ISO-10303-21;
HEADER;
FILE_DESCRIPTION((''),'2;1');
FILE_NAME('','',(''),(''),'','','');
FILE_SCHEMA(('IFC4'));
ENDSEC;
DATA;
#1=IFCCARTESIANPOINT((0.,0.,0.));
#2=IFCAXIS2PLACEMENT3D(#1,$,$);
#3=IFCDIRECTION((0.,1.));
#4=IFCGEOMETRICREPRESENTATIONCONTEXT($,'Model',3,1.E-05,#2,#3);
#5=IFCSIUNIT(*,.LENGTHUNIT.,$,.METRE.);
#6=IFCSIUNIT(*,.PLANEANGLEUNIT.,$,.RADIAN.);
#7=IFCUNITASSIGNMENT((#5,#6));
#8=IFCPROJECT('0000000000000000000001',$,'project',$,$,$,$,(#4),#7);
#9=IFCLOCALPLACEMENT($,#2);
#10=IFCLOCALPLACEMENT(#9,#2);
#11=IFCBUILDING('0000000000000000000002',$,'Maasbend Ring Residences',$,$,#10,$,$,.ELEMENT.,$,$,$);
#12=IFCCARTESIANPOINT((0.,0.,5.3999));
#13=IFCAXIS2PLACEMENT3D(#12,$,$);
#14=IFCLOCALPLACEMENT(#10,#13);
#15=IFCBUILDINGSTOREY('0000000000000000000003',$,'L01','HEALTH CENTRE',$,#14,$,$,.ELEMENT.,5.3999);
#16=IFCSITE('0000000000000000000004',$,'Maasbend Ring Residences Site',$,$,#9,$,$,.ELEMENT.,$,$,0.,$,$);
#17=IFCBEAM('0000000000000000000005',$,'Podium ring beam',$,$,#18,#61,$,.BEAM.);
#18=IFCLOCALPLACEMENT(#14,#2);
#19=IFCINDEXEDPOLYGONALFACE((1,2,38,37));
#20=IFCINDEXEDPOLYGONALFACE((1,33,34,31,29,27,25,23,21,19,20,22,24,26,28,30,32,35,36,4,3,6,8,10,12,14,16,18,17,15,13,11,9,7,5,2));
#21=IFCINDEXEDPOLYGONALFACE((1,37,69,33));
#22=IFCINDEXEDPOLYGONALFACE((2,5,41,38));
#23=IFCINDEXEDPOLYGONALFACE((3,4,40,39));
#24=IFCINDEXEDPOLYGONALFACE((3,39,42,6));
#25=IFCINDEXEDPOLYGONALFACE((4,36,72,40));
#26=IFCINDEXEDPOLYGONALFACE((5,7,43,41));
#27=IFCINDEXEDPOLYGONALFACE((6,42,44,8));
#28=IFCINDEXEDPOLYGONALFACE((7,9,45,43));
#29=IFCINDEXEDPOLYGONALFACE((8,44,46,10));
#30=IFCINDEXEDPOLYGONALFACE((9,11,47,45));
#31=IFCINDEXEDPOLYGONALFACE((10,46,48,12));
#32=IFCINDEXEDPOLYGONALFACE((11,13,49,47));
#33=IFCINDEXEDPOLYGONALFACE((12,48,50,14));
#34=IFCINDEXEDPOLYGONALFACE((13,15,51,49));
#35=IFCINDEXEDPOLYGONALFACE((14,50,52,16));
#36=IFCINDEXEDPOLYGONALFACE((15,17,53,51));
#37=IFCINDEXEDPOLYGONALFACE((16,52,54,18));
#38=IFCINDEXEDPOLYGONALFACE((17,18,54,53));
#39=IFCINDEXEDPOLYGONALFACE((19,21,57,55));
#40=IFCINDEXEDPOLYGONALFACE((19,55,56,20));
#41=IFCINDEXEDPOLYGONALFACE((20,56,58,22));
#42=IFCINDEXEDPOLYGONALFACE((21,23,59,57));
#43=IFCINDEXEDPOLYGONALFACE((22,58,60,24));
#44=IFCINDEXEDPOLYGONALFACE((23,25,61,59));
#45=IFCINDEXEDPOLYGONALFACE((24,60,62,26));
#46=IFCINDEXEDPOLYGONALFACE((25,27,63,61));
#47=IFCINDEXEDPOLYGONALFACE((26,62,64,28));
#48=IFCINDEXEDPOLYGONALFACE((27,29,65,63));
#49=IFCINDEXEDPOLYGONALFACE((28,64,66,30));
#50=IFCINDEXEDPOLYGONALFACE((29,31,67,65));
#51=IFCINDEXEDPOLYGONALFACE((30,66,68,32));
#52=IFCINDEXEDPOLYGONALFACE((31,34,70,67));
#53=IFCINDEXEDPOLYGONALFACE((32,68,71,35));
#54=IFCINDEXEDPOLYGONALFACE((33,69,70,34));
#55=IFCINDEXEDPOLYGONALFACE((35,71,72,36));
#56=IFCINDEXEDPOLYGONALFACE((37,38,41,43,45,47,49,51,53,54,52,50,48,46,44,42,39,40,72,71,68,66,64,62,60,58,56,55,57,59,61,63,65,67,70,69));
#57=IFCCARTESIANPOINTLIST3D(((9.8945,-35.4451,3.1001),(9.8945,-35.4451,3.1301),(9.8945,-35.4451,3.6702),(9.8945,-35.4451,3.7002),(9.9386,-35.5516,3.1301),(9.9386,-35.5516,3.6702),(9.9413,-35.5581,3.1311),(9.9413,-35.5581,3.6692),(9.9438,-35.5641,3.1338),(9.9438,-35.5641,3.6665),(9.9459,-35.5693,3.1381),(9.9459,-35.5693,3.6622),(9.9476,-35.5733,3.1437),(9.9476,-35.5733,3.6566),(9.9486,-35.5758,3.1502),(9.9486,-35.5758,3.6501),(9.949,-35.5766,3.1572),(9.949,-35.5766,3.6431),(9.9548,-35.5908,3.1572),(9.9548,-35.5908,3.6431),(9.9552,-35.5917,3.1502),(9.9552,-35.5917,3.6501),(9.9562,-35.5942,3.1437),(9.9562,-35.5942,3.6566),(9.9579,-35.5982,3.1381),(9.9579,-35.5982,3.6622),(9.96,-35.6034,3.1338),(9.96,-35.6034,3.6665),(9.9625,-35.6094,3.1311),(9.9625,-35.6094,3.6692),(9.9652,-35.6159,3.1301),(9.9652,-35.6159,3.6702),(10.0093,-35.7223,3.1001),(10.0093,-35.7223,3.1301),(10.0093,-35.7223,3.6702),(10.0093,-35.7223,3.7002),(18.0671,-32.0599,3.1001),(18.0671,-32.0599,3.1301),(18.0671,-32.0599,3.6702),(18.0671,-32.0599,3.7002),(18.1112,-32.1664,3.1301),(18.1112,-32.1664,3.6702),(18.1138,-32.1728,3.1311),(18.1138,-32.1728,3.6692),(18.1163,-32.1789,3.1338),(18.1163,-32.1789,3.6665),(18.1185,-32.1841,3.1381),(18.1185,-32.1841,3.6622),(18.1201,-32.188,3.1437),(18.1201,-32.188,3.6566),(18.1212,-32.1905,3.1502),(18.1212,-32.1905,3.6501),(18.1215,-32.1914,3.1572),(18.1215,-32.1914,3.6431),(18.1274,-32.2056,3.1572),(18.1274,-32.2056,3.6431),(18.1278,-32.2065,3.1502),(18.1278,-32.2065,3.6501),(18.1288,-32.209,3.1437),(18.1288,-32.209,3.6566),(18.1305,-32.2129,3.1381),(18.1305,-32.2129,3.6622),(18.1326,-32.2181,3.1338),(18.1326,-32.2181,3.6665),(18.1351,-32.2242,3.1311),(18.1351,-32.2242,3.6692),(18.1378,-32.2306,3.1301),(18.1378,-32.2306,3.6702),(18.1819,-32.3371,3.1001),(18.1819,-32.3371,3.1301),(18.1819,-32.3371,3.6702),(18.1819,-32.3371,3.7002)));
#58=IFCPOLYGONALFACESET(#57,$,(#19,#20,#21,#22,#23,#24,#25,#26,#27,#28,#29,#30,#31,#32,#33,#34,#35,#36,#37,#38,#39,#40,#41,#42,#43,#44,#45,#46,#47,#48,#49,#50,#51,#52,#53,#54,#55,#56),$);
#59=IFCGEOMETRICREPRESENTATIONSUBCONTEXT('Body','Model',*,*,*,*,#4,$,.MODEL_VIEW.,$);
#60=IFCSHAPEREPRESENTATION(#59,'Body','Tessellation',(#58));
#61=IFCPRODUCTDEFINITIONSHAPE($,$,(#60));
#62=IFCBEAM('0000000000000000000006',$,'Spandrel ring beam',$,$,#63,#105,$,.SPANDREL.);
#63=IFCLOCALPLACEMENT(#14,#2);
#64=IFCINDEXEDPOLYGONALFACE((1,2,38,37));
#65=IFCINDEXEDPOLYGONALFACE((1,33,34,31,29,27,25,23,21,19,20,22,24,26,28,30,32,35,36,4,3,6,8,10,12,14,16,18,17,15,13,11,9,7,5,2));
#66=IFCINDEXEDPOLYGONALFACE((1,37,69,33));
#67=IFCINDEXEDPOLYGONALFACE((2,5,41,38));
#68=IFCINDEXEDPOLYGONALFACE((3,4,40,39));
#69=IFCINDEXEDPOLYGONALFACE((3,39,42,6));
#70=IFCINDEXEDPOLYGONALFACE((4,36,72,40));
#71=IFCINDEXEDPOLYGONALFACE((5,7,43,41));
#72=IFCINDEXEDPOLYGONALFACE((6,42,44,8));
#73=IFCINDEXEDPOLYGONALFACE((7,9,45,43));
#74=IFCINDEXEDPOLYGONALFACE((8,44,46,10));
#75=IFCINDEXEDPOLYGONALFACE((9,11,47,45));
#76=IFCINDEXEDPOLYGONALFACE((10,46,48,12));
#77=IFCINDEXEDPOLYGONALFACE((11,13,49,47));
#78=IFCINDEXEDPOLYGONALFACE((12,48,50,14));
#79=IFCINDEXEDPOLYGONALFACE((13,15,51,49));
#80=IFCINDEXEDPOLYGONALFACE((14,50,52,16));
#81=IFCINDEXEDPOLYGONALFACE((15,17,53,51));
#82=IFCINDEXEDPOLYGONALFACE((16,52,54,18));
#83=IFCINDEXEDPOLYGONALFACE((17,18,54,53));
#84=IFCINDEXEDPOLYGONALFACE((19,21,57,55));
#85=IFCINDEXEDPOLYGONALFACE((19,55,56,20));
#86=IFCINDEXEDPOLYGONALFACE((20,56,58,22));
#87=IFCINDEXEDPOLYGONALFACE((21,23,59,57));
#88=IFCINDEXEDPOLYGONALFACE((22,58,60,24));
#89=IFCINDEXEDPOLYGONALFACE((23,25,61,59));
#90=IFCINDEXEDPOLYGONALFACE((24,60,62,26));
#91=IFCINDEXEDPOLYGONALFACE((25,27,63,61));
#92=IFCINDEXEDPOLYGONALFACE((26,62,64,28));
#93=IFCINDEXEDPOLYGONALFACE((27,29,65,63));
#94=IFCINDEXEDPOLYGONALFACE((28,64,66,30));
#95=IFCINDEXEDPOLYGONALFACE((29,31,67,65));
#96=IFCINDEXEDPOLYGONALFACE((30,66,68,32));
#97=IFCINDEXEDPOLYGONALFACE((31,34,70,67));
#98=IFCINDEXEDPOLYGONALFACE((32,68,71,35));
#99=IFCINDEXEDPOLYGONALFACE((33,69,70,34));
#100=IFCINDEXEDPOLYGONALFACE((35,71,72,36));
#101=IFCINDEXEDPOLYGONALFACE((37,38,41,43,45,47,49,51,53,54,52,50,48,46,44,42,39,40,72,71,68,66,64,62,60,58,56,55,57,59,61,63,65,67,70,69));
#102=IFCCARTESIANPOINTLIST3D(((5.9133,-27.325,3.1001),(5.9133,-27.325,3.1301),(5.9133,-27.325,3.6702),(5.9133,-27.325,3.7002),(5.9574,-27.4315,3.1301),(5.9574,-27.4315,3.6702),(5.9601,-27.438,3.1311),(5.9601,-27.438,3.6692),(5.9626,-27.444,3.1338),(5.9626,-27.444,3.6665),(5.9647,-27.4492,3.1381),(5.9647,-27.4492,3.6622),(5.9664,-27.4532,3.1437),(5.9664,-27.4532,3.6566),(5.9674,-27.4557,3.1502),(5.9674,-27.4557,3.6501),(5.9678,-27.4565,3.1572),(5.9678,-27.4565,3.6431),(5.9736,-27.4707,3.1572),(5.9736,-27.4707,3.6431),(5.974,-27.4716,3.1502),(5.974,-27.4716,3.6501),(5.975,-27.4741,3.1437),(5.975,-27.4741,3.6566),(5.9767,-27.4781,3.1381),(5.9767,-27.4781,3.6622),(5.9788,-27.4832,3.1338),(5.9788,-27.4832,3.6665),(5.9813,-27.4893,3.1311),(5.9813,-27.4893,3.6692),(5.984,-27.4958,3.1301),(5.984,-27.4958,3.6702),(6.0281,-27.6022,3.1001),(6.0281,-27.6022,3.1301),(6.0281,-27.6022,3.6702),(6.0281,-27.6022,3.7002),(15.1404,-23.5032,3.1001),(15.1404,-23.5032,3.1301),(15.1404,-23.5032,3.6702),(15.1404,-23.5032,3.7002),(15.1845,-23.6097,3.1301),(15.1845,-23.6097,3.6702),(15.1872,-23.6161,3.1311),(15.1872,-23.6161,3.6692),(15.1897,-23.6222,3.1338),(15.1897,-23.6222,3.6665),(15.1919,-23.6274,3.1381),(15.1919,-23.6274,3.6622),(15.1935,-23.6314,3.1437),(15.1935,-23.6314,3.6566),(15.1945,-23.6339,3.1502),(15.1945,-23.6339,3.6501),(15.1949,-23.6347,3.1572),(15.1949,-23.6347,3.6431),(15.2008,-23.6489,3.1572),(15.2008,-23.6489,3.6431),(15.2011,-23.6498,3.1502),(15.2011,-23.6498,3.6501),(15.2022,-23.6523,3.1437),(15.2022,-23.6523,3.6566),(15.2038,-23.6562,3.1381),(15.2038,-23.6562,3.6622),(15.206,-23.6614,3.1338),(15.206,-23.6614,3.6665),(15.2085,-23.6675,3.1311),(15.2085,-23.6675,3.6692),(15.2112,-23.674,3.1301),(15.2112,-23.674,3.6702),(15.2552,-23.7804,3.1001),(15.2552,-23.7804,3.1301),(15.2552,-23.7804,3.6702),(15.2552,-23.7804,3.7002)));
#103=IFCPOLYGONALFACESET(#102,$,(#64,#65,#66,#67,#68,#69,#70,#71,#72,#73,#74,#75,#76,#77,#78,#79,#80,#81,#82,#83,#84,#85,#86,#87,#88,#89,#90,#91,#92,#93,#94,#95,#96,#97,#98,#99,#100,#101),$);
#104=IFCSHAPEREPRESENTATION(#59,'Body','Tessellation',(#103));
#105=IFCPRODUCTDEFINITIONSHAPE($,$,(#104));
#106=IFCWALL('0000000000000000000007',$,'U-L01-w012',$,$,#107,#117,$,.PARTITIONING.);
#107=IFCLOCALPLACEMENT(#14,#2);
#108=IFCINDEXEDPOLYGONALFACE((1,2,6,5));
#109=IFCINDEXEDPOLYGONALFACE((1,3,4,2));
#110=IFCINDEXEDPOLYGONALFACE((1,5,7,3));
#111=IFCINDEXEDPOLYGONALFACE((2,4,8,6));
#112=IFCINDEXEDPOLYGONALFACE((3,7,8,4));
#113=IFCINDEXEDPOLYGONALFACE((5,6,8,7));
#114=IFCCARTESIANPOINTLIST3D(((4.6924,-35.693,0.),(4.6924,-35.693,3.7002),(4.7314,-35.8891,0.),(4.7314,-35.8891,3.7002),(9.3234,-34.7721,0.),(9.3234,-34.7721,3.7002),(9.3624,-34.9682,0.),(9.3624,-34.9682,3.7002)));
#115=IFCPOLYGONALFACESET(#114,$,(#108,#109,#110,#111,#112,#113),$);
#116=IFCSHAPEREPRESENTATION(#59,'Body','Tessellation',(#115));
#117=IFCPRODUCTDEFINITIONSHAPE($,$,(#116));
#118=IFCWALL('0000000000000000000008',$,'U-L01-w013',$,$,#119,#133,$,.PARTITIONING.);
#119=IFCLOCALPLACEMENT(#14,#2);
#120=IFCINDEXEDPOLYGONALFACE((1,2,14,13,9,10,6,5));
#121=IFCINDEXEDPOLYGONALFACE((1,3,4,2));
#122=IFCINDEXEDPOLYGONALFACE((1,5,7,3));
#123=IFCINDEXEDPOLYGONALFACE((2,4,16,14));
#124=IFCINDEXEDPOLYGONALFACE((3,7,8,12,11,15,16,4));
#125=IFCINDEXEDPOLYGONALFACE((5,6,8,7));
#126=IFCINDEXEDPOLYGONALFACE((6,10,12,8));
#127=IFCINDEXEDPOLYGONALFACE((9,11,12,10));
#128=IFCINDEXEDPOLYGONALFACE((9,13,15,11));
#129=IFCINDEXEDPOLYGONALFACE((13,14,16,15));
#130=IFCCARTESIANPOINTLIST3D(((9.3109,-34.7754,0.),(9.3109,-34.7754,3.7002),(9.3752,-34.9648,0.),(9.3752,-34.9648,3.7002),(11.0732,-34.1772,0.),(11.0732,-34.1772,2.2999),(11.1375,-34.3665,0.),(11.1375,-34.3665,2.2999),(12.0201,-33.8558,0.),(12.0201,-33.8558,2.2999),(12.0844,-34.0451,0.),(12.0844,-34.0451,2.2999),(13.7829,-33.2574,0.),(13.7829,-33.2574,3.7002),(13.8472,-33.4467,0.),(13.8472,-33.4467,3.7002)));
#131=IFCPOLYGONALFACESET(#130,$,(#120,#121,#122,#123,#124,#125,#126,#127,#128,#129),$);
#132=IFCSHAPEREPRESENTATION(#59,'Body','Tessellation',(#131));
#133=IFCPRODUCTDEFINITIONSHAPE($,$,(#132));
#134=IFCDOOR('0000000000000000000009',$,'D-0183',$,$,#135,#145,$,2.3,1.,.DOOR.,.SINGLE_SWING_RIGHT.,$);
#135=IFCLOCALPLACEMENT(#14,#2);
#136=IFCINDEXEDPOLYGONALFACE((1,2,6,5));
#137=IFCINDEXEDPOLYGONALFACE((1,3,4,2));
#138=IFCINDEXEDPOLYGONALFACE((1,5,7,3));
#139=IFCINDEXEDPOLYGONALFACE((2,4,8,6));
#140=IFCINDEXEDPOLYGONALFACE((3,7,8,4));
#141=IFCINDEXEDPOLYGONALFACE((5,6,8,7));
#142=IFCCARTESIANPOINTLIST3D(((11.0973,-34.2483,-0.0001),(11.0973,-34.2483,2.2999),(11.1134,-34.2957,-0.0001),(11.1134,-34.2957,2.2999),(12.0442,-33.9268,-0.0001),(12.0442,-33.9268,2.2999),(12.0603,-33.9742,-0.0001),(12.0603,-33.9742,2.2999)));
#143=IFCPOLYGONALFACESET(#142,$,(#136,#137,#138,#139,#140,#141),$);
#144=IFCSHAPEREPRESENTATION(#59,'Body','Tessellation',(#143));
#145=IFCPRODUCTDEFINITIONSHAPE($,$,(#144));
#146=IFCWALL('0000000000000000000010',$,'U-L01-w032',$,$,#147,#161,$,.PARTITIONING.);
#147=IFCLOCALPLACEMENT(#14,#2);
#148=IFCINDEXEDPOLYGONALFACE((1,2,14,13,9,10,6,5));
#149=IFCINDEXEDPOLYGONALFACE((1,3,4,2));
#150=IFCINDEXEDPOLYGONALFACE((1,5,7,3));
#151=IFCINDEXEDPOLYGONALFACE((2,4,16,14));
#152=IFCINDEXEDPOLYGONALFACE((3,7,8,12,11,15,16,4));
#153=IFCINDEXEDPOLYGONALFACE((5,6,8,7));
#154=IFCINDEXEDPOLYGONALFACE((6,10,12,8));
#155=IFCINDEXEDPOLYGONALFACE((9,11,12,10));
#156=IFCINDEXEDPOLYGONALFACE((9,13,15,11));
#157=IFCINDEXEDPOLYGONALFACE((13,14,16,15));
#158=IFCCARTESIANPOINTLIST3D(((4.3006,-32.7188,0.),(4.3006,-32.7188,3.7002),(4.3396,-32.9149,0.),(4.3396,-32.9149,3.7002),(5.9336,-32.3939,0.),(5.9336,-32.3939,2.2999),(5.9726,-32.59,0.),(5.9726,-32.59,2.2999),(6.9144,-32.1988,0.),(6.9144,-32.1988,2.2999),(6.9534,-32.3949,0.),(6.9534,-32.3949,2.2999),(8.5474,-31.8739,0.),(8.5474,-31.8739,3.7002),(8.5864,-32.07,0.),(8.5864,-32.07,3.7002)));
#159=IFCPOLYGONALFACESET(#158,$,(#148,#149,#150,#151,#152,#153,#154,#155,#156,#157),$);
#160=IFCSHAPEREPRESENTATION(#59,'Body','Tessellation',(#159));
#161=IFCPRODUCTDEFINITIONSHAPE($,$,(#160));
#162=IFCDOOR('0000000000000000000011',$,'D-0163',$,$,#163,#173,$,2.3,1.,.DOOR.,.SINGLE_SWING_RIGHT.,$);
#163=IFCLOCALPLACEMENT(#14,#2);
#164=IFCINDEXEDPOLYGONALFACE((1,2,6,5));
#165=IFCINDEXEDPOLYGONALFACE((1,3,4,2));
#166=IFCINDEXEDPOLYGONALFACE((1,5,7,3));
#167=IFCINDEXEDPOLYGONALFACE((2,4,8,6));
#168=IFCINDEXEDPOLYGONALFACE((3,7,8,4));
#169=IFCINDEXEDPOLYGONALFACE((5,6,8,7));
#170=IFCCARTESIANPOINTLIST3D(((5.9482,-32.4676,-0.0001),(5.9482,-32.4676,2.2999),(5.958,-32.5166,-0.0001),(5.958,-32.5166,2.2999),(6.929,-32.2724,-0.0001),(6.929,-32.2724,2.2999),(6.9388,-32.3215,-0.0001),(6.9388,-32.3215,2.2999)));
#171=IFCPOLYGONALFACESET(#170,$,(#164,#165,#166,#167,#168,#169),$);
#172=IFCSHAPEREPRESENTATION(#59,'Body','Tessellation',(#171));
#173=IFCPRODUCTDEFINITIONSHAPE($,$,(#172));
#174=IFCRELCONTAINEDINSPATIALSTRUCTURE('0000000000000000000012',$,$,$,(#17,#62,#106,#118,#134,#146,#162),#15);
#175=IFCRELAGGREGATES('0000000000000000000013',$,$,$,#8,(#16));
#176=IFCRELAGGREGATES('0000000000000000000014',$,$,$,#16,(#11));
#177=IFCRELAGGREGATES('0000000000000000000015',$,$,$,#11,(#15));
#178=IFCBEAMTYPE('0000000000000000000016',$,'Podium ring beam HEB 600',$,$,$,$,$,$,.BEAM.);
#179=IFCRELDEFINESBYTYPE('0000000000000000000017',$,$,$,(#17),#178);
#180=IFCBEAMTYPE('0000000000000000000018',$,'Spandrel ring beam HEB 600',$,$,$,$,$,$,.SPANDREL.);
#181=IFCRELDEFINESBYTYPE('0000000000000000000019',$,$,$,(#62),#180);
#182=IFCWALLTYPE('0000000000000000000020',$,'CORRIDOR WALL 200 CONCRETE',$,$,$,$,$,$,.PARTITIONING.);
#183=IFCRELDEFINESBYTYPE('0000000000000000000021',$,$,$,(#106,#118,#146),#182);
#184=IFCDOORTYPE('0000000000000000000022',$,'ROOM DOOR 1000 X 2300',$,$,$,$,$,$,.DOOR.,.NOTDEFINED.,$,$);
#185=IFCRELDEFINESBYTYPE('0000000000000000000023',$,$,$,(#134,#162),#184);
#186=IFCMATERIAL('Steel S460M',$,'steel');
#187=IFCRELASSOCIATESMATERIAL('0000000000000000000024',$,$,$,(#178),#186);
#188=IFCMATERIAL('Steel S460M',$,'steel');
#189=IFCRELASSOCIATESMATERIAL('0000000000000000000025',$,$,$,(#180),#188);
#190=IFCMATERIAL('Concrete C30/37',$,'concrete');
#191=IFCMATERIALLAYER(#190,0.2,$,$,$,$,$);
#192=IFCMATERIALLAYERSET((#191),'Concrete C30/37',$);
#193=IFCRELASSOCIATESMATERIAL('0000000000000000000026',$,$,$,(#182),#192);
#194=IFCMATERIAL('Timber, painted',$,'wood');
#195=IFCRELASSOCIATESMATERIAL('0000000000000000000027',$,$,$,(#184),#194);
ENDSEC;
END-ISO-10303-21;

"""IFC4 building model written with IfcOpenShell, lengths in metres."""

from ifc_helpers import new_model, si_unit, direction, frame, frame_2d, origin, origin_2d, place, context, subcontext, project, spatial, rectangle, i_section, extrude, material, layer, layer_set, material_profile, profile_set, type_object, element, fill, save


model = new_model("IFC4")

# Units and contexts
model_context = context("Model", 3, precision=1e-05, world=origin(), true_north=direction((0.0, 1.0)))
body_context = subcontext(model_context, "Body", "Model", "MODEL_VIEW")
ifc_project = project(units=[si_unit("LENGTHUNIT", "METRE"), si_unit("PLANEANGLEUNIT", "RADIAN")], contexts=[model_context])

# Site, building, storey
site_placement = place(None, origin())
site = spatial("IfcSite", under=ifc_project, at=site_placement, Name="Maasbend Ring Residences Site", CompositionType="ELEMENT", RefElevation=0.0)
building_placement = place(site_placement, origin())
building = spatial("IfcBuilding", under=site, at=building_placement, Name="Maasbend Ring Residences", CompositionType="ELEMENT")
storey_placement = place(building_placement, frame((0.0, 0.0, 5.3999)))
storey = spatial("IfcBuildingStorey", under=building, at=storey_placement, Name="L01", Description="HEALTH CENTRE", CompositionType="ELEMENT", Elevation=5.3999)

# Beams
ifc_material_1 = material(Name="Steel S460M", Category="steel")
ifc_material_profile_1 = material_profile(ifc_material_1, i_section(OverallWidth=0.3, OverallDepth=0.6001, WebThickness=0.0154, FlangeThickness=0.03, FilletRadius=0.0271, at=origin_2d()), Name="HEB 600")
ifc_profile_set_1 = profile_set([ifc_material_profile_1], Name="Steel S460M")
beam_type_1 = type_object("IfcBeamType", Name="Podium ring beam HEB 600", PredefinedType="BEAM", material=ifc_profile_set_1)
for number, where, z_axis, x_axis, name in (
    (1, (9.9519, -35.5837, 3.4001), (0.923878, 0.382688, 0.0), (-0.382688, 0.923878, 0.0), "Podium ring beam"),
):
    element("IfcBeam", number, at=place(storey_placement, frame(where, z_axis=z_axis, x_axis=x_axis)), inside=storey, type_object=beam_type_1, Name=name, PredefinedType="BEAM", context=body_context, shape_type="SweptSolid", body=[
        extrude(i_section(OverallWidth=0.3, OverallDepth=0.6001, WebThickness=0.0154, FlangeThickness=0.03, FilletRadius=0.0271, at=origin_2d()), origin(), (0.0, 0.0, 1.0), 8.8459),
    ])
ifc_material_2 = material(Name="Steel S460M", Category="steel")
ifc_material_profile_2 = material_profile(ifc_material_2, i_section(OverallWidth=0.3, OverallDepth=0.6001, WebThickness=0.0154, FlangeThickness=0.03, FilletRadius=0.0271, at=origin_2d()), Name="HEB 600")
ifc_profile_set_2 = profile_set([ifc_material_profile_2], Name="Steel S460M")
beam_type_2 = type_object("IfcBeamType", Name="Spandrel ring beam HEB 600", PredefinedType="SPANDREL", material=ifc_profile_set_2)
beam_1_placement = place(storey_placement, frame((5.9707, -27.4636, 3.4001), z_axis=(0.923886, 0.382667, 0.0), x_axis=(-0.382667, 0.923886, 0.0)))
element("IfcBeam", 2, at=beam_1_placement, inside=storey, type_object=beam_type_2, Name="Spandrel ring beam", PredefinedType="SPANDREL", context=body_context, shape_type="SweptSolid", body=[
    extrude(i_section(OverallWidth=0.3, OverallDepth=0.6001, WebThickness=0.0154, FlangeThickness=0.03, FilletRadius=0.0271, at=origin_2d()), origin(), (0.0, 0.0, 1.0), 9.9873),
])

# Wall
ifc_material_3 = material(Name="Concrete C30/37", Category="concrete")
ifc_layer_1 = layer(ifc_material_3, 0.2)
ifc_layer_set_1 = layer_set([ifc_layer_1], Name="Concrete C30/37")
wall_type_1 = type_object("IfcWallType", Name="CORRIDOR WALL 200 CONCRETE", PredefinedType="PARTITIONING", material=ifc_layer_set_1)
wall_1_placement = place(storey_placement, frame((4.7119, -35.791, 0.0), z_axis=(0.0, 0.0, 1.0), x_axis=(0.980797, 0.195032, 0.0)))
element("IfcWall", 3, at=wall_1_placement, inside=storey, type_object=wall_type_1, Name="U-L01-w012", PredefinedType="PARTITIONING", context=body_context, shape_type="SweptSolid", body=[
    extrude(rectangle(XDim=4.7217, YDim=0.2, at=frame_2d((2.3608, 0.0))), origin(), (0.0, 0.0, 1.0), 3.7002),
])

# Walls, openings, doors
wall_2_placement = place(storey_placement, frame((9.343, -34.8701, 0.0), z_axis=(0.0, 0.0, 1.0), x_axis=(0.946927, 0.321449, 0.0)))
wall_2 = element("IfcWall", 4, at=wall_2_placement, inside=storey, type_object=wall_type_1, Name="U-L01-w013", PredefinedType="PARTITIONING", context=body_context, shape_type="SweptSolid", body=[
    extrude(rectangle(XDim=4.7227, YDim=0.2, at=frame_2d((2.3613, 0.0))), origin(), (0.0, 0.0, 1.0), 3.7002),
])
opening_1_placement = place(wall_2_placement, frame((1.8611, 0.0, 0.0)))
opening_1 = element("IfcOpeningElement", 5, at=opening_1_placement, cuts=wall_2, PredefinedType="OPENING", context=body_context, shape_type="SweptSolid", body=[
    extrude(rectangle(XDim=1.0, YDim=2.3, at=frame_2d((0.5, 1.1499))), frame((0.0, 0.1099, 0.0), z_axis=(0.0, -1.0, 0.0), x_axis=(1.0, 0.0, 0.0)), (0.0, 0.0, 1.0), 0.22),
])
ifc_material_4 = material(Name="Timber, painted", Category="wood")
door_type = type_object("IfcDoorType", Name="ROOM DOOR 1000 X 2300", OperationType="NOTDEFINED", PredefinedType="DOOR", material=ifc_material_4)
door_1_placement = place(opening_1_placement, origin())
door_1 = element("IfcDoor", 6, at=door_1_placement, inside=storey, type_object=door_type, Name="D-0183", OperationType="SINGLE_SWING_RIGHT", OverallHeight=2.3, OverallWidth=1.0, PredefinedType="DOOR", context=body_context, shape_type="SweptSolid", body=[
    extrude(rectangle(XDim=1.0, YDim=2.3, at=frame_2d((0.5, 1.1499))), frame((0.0, 0.0249, 0.0), z_axis=(0.0, -1.0, 0.0), x_axis=(1.0, 0.0, 0.0)), (0.0, 0.0, 1.0), 0.05),
])
fill(opening_1, door_1)
wall_3_placement = place(storey_placement, frame((4.3201, -32.8169, 0.0), z_axis=(0.0, 0.0, 1.0), x_axis=(0.980775, 0.19514, 0.0)))
wall_3 = element("IfcWall", 7, at=wall_3_placement, inside=storey, type_object=wall_type_1, Name="U-L01-w032", PredefinedType="PARTITIONING", context=body_context, shape_type="SweptSolid", body=[
    extrude(rectangle(XDim=4.3301, YDim=0.2, at=frame_2d((2.165, 0.0))), origin(), (0.0, 0.0, 1.0), 3.7002),
])
opening_2_placement = place(wall_3_placement, frame((1.665, 0.0, 0.0)))
opening_2 = element("IfcOpeningElement", 8, at=opening_2_placement, cuts=wall_3, PredefinedType="OPENING", context=body_context, shape_type="SweptSolid", body=[
    extrude(rectangle(XDim=1.0, YDim=2.3, at=frame_2d((0.5, 1.1499))), frame((0.0, 0.1099, 0.0), z_axis=(0.0, -1.0, 0.0), x_axis=(1.0, 0.0, 0.0)), (0.0, 0.0, 1.0), 0.22),
])
door_2_placement = place(opening_2_placement, origin())
door_2 = element("IfcDoor", 9, at=door_2_placement, inside=storey, type_object=door_type, Name="D-0163", OperationType="SINGLE_SWING_RIGHT", OverallHeight=2.3, OverallWidth=1.0, PredefinedType="DOOR", context=body_context, shape_type="SweptSolid", body=[
    extrude(rectangle(XDim=1.0, YDim=2.3, at=frame_2d((0.5, 1.1499))), frame((0.0, 0.0249, 0.0), z_axis=(0.0, -1.0, 0.0), x_axis=(1.0, 0.0, 0.0)), (0.0, 0.0, 1.0), 0.05),
])
fill(opening_2, door_2)

save(model, "model.ifc")
